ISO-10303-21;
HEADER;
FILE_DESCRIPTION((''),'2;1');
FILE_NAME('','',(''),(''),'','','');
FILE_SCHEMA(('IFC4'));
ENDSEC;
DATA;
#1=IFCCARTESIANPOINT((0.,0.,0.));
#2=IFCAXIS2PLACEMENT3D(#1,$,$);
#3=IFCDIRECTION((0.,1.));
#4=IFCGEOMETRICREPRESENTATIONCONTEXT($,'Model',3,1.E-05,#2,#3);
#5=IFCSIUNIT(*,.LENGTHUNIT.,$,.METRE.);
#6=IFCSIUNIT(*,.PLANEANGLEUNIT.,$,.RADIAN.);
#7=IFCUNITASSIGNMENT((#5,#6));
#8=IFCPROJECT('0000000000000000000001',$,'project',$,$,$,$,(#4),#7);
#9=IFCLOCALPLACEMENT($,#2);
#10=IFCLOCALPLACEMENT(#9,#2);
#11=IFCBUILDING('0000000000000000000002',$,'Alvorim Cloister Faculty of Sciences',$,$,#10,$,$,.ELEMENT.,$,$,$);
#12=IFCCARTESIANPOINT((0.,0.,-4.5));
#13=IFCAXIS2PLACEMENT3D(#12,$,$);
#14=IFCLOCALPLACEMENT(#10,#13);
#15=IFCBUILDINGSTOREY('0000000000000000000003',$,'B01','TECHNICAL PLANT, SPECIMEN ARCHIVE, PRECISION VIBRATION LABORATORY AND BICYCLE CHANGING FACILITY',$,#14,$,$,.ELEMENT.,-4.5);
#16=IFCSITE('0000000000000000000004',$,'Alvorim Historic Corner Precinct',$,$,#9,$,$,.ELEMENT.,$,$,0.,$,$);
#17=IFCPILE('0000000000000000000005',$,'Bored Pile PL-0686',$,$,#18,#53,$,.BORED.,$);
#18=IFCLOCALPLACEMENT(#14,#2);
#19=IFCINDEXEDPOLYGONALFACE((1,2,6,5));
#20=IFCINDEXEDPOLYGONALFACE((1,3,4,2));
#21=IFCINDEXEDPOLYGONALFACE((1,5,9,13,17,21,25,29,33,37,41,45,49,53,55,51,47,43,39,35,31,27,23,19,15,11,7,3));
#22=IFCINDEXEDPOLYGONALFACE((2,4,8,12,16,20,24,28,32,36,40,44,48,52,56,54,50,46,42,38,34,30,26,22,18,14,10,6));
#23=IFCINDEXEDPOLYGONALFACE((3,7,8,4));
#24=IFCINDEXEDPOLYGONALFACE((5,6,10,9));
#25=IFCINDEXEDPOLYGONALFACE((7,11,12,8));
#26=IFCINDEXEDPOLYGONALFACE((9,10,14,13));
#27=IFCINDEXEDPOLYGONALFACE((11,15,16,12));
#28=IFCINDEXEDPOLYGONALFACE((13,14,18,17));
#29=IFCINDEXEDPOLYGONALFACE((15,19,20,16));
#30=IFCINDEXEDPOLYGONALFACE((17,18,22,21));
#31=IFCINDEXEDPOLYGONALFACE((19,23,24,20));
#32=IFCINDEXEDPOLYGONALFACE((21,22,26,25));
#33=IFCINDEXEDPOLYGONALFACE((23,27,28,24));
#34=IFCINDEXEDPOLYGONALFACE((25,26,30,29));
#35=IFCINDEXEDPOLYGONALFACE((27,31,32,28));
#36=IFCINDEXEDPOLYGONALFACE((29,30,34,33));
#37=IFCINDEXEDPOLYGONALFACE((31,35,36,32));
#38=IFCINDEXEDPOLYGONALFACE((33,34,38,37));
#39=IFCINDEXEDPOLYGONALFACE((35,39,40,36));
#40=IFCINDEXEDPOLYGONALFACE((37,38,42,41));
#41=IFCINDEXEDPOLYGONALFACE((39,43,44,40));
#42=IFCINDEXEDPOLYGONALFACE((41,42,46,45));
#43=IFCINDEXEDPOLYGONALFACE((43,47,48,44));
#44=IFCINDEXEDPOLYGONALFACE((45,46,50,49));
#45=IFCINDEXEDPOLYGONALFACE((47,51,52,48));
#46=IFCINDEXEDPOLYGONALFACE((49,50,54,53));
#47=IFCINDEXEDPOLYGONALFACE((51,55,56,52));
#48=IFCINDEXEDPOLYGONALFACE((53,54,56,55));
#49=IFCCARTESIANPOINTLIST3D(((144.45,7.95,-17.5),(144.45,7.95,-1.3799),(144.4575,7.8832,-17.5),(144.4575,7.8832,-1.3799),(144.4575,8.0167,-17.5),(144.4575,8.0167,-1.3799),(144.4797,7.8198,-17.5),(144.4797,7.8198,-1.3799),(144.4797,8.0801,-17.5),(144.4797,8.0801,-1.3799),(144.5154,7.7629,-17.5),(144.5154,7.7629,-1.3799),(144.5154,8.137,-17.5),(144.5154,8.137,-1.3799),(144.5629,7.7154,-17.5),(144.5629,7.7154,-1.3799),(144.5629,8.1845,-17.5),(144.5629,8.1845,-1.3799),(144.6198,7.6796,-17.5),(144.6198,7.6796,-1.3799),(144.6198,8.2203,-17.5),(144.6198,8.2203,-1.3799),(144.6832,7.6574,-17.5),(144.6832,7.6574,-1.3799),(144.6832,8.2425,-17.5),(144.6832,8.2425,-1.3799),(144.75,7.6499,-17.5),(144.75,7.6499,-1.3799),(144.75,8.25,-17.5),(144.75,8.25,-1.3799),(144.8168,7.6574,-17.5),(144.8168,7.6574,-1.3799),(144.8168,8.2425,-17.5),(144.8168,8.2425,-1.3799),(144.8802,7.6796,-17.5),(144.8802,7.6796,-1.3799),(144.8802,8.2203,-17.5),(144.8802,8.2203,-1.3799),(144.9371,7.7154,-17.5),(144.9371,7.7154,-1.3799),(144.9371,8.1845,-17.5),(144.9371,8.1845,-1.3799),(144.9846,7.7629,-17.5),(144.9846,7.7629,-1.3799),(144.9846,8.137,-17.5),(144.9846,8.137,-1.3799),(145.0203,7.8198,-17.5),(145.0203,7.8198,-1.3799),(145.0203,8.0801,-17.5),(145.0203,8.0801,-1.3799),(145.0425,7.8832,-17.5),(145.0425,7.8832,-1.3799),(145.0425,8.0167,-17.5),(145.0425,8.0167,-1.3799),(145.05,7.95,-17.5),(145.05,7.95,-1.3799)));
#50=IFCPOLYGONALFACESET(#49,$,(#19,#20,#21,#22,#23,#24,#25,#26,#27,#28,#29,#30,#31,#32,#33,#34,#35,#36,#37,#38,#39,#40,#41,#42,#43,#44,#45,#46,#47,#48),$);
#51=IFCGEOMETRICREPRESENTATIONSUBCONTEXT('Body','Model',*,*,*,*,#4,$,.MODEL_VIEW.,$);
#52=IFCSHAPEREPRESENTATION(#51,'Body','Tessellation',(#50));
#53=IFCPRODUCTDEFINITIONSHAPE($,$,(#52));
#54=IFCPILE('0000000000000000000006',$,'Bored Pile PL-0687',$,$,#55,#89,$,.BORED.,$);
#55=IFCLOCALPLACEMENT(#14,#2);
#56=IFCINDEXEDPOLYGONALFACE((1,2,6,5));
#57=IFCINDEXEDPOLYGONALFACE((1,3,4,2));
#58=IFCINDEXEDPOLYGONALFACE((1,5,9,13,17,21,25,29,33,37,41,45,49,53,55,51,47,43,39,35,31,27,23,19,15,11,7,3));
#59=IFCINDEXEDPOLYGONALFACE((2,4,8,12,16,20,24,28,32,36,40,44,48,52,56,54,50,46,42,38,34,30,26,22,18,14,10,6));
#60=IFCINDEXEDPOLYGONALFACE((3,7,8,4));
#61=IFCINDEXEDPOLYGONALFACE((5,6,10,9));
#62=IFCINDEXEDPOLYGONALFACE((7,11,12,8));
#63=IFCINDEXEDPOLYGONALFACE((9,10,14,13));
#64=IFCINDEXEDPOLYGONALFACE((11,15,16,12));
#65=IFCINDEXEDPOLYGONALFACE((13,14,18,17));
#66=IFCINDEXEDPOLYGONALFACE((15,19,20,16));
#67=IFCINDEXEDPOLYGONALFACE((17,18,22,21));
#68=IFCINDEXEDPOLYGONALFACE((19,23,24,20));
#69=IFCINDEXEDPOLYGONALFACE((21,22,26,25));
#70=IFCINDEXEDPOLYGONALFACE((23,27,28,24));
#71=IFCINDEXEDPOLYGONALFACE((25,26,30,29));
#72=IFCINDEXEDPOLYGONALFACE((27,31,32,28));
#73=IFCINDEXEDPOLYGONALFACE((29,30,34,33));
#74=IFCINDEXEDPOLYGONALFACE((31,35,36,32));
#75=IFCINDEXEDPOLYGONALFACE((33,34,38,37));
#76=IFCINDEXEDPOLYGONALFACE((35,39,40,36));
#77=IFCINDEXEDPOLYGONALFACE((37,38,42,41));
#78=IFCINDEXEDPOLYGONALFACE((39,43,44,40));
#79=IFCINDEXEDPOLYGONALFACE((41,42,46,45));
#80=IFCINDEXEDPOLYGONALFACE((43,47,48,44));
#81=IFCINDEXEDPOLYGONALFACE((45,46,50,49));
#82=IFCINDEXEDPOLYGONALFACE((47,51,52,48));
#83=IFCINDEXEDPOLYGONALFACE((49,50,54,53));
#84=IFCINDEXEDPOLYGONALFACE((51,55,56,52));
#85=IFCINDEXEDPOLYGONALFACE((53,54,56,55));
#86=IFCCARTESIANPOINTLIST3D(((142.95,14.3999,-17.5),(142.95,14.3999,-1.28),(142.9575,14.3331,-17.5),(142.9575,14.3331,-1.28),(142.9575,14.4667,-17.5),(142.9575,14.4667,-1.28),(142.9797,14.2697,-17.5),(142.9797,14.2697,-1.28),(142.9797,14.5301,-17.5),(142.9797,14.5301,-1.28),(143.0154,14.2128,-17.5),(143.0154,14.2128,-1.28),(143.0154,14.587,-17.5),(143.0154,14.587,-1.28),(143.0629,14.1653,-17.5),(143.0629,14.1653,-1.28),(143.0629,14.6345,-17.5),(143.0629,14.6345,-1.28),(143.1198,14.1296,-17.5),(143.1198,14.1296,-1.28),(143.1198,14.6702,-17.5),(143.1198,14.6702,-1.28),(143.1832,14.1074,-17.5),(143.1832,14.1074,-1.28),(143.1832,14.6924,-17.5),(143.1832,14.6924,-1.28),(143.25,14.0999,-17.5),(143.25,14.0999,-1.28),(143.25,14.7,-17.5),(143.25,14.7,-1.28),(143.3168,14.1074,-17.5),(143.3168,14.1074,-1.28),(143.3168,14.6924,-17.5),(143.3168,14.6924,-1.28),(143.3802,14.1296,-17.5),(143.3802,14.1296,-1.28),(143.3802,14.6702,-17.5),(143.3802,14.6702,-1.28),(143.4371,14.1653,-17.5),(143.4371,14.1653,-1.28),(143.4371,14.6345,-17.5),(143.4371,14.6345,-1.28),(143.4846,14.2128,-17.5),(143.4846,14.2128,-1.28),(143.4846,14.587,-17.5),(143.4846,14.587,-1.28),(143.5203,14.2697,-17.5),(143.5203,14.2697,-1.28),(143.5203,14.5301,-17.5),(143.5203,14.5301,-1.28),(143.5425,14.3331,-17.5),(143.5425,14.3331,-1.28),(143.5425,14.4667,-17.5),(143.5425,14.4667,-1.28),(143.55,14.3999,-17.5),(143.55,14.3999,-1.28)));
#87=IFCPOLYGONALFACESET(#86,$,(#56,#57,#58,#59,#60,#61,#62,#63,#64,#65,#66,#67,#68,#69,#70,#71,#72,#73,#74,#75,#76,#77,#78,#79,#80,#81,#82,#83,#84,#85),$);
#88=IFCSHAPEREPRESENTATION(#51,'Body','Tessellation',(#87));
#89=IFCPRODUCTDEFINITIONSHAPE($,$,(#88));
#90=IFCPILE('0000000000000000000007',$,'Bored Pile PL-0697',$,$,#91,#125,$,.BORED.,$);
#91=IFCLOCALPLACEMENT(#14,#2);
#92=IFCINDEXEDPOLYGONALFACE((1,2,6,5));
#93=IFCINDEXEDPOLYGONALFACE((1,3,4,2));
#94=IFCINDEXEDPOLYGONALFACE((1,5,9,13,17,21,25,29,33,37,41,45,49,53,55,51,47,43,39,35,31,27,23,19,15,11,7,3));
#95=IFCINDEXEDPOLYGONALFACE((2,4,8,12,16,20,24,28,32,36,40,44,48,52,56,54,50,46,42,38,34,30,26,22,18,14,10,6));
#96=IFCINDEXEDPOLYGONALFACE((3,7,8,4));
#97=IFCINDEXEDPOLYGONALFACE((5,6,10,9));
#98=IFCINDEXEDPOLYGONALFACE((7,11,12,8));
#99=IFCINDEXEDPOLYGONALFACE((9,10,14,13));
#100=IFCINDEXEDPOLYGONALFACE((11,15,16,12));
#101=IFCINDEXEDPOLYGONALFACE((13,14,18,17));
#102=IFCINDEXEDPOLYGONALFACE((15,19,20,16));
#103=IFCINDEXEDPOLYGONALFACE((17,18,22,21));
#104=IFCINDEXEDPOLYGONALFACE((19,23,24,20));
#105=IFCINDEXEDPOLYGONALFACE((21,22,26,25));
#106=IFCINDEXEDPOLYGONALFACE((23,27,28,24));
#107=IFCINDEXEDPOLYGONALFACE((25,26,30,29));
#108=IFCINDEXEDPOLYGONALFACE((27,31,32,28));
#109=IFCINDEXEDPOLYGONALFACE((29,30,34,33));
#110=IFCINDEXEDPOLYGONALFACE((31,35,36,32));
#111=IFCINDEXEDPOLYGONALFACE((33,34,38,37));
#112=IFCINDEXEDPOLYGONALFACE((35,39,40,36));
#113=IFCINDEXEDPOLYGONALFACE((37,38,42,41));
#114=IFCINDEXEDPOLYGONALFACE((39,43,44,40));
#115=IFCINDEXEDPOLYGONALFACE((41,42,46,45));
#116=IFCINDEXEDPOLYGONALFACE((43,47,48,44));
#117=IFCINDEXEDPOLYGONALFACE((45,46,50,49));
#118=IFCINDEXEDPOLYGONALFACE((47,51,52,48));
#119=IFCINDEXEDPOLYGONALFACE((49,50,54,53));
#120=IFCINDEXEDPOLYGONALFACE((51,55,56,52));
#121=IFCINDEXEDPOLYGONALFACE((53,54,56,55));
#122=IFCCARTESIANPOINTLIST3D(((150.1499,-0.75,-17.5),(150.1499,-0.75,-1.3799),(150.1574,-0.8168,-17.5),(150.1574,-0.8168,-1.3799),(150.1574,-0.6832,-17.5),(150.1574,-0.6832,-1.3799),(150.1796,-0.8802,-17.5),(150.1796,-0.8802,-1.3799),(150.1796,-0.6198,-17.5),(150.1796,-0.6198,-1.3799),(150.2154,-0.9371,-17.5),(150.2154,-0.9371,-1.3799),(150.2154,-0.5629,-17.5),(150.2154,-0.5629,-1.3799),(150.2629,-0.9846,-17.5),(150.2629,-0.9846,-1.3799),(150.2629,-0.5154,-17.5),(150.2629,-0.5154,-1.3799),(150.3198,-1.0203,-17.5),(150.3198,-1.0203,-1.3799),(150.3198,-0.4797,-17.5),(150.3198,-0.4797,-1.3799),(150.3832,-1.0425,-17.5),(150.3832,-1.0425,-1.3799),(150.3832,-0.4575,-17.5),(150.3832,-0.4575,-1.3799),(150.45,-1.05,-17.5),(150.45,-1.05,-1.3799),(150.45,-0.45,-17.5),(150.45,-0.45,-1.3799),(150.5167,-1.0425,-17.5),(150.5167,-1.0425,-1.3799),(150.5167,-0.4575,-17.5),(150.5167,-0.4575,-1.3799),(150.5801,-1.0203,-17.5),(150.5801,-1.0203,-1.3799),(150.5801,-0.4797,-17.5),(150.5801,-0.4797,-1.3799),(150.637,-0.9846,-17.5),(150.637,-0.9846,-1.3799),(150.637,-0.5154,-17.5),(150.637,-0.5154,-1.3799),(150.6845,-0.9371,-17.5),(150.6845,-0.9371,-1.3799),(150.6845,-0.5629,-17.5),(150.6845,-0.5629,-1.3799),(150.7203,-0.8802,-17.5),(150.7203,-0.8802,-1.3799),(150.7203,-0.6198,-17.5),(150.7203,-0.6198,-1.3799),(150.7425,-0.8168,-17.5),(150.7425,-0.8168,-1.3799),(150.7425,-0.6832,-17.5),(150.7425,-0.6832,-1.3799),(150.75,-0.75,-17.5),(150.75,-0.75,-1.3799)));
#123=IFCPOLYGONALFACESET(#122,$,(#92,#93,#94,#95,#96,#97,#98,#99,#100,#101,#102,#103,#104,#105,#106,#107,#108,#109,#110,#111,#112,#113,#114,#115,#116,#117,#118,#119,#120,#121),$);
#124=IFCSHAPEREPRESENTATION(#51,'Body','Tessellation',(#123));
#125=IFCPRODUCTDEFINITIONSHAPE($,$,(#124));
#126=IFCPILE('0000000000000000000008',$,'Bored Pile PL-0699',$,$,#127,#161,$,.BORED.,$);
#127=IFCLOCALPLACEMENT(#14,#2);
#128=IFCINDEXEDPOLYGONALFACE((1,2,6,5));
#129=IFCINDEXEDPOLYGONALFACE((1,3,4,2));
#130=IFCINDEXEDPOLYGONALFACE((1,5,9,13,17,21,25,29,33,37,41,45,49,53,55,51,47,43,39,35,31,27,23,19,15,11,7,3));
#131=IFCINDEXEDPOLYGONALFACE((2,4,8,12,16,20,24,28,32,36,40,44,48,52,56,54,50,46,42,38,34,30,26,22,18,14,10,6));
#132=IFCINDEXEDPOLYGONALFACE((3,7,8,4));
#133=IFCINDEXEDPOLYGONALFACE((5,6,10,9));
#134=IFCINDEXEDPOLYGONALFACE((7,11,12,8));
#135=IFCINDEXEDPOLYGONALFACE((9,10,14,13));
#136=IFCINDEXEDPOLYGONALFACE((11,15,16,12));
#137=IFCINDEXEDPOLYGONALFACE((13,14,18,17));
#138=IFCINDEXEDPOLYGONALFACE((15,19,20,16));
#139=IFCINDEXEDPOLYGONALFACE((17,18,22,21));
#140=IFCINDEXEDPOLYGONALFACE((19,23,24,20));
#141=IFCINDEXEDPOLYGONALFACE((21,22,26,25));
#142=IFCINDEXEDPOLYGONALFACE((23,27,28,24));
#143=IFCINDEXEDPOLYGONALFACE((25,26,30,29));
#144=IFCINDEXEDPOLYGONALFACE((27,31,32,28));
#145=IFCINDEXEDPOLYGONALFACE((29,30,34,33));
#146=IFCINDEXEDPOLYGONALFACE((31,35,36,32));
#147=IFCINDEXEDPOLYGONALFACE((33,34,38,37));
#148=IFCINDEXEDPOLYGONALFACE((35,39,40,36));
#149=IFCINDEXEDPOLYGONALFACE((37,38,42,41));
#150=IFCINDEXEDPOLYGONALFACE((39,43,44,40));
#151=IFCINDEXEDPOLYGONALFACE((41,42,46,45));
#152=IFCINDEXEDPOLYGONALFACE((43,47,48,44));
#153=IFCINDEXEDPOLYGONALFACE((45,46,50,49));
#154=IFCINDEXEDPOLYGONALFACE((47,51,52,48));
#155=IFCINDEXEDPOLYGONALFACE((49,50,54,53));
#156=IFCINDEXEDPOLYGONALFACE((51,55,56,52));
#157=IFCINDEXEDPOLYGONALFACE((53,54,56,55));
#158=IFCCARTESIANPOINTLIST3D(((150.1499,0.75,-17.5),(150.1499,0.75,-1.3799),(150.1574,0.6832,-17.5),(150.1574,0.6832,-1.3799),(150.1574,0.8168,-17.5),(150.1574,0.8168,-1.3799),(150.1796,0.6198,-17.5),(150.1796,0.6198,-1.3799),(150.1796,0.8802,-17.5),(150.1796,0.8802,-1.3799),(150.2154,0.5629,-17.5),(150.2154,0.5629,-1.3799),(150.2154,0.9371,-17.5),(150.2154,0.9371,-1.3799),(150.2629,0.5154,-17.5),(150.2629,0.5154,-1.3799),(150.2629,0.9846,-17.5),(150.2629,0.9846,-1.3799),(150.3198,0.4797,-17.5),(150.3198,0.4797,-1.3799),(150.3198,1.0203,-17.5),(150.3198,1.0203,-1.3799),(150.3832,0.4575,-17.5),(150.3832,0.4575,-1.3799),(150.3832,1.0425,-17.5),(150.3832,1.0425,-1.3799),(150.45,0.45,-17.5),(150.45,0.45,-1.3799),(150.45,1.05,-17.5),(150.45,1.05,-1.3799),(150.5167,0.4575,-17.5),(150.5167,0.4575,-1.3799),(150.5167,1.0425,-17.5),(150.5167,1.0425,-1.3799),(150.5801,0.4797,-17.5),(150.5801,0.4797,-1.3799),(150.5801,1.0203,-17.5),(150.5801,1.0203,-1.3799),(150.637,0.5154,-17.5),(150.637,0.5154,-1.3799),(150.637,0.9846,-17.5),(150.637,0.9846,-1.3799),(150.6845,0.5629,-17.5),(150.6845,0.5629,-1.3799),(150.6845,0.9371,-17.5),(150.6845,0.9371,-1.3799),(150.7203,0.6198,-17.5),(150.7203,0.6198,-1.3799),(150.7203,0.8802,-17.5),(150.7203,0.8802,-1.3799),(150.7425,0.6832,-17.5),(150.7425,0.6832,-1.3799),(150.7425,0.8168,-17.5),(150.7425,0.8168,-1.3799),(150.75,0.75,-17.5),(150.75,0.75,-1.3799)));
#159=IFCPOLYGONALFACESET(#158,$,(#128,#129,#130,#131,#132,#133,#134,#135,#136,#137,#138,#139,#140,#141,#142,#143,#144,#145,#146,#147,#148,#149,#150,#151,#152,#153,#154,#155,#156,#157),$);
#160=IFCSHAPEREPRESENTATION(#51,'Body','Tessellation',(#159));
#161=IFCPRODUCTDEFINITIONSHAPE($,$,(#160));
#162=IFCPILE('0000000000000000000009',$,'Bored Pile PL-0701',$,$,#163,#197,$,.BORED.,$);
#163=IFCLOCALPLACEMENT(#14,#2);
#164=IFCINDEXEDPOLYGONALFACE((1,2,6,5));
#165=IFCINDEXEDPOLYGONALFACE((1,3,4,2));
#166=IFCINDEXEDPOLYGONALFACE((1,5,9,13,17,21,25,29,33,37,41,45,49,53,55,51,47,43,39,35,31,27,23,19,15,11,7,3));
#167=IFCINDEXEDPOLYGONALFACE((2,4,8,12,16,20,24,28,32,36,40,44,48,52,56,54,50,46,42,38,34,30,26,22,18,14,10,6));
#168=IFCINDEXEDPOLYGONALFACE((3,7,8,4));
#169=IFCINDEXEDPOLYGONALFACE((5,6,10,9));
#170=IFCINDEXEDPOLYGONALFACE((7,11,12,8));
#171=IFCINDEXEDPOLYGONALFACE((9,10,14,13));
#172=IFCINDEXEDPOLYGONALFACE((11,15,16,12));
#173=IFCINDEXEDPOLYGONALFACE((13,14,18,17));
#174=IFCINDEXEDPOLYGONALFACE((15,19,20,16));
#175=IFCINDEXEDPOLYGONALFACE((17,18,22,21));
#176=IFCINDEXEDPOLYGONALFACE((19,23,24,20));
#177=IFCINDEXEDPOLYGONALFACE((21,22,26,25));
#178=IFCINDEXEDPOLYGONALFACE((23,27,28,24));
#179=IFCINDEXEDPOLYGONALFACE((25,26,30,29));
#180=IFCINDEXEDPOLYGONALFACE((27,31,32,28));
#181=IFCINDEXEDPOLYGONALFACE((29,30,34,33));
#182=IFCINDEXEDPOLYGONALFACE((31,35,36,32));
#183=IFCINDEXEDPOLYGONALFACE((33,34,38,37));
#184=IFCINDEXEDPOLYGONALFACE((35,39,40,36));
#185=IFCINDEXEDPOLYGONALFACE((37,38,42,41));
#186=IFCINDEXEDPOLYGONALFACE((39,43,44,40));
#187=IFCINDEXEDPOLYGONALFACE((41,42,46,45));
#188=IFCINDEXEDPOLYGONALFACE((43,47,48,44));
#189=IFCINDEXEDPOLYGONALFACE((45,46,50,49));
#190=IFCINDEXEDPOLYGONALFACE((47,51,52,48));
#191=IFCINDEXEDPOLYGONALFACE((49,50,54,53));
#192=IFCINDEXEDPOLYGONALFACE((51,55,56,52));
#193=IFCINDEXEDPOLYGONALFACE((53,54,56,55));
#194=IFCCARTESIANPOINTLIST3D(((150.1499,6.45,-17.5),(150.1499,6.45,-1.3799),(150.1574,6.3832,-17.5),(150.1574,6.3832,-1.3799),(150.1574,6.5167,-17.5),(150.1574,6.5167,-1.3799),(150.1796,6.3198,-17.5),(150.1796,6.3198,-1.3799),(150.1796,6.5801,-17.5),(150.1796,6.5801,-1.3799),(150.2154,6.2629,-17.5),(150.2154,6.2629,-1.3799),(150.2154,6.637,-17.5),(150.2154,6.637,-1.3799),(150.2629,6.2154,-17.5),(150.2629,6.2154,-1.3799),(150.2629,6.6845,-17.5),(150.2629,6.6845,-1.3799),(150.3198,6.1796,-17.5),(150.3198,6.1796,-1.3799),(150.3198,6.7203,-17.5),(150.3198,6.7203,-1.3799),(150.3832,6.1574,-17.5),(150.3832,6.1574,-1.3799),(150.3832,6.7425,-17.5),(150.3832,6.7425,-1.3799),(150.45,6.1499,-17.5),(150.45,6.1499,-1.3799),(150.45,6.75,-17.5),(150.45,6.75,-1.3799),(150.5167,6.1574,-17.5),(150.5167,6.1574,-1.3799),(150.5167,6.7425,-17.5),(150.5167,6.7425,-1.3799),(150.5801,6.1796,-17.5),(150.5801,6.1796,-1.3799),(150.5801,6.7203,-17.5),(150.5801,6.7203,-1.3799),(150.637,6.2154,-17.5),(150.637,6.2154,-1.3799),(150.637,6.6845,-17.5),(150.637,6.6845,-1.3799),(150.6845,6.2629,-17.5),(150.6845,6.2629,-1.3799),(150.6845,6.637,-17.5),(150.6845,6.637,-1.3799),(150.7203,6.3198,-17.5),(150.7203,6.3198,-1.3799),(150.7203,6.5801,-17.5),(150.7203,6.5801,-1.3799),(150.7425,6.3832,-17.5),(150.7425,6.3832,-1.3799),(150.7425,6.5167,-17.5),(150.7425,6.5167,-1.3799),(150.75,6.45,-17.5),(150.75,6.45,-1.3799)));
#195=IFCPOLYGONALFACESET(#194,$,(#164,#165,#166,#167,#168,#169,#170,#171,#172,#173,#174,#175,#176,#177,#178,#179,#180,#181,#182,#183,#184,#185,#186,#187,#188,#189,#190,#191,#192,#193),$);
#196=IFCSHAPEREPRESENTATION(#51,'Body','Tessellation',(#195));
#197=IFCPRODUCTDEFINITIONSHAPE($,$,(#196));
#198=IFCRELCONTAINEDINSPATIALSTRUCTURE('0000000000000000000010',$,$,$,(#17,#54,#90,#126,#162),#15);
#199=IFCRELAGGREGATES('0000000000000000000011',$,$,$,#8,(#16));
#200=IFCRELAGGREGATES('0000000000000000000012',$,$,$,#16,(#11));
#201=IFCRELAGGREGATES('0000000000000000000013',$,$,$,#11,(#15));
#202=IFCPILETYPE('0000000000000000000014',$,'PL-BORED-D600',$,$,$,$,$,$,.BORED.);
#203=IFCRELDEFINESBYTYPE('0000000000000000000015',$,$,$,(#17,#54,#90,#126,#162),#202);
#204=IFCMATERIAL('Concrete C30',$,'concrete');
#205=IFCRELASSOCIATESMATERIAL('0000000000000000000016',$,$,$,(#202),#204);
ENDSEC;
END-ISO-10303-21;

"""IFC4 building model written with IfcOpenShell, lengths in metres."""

from ifc_helpers import new_model, si_unit, direction, frame, origin, origin_2d, place, context, subcontext, project, spatial, circle, extrude, material, material_profile, profile_set, type_object, element, save


model = new_model("IFC4")

# Units and contexts
model_context = context("Model", 3, precision=1e-05, world=origin(), true_north=direction((0.0, 1.0)))
body_context = subcontext(model_context, "Body", "Model", "MODEL_VIEW")
ifc_project = project(units=[si_unit("LENGTHUNIT", "METRE"), si_unit("PLANEANGLEUNIT", "RADIAN")], contexts=[model_context])

# Site, building, storey
site_placement = place(None, origin())
site = spatial("IfcSite", under=ifc_project, at=site_placement, Name="Alvorim Historic Corner Precinct", CompositionType="ELEMENT", RefElevation=0.0)
building_placement = place(site_placement, origin())
building = spatial("IfcBuilding", under=site, at=building_placement, Name="Alvorim Cloister Faculty of Sciences", CompositionType="ELEMENT")
storey_placement = place(building_placement, frame((0.0, 0.0, -4.5)))
storey = spatial("IfcBuildingStorey", under=building, at=storey_placement, Name="B01", Description="TECHNICAL PLANT, SPECIMEN ARCHIVE, PRECISION VIBRATION LABORATORY AND BICYCLE CHANGING FACILITY", CompositionType="ELEMENT", Elevation=-4.5)

# Piles
ifc_material_1 = material(Name="Concrete C30", Category="concrete")
ifc_material_profile_1 = material_profile(ifc_material_1, circle(Radius=0.3, at=origin_2d()), Name="PILE-D600")
ifc_profile_set_1 = profile_set([ifc_material_profile_1], Name="Concrete C30")
pile_type = type_object("IfcPileType", Name="PL-BORED-D600", PredefinedType="BORED", material=ifc_profile_set_1)
for number, where, z_axis, x_axis, name in (
    (1, (144.75, 7.95, -1.3799), (0.0, 0.0, -1.0), (1.0, 0.0, 0.0), "Bored Pile PL-0686"),
):
    element("IfcPile", number, at=place(storey_placement, frame(where, z_axis=z_axis, x_axis=x_axis)), inside=storey, type_object=pile_type, Name=name, PredefinedType="BORED", context=body_context, shape_type="SweptSolid", body=[
        extrude(circle(Radius=0.3, at=origin_2d()), origin(), (0.0, 0.0, 1.0), 16.1201),
    ])
pile_placement = place(storey_placement, frame((143.25, 14.3999, -1.28), z_axis=(0.0, 0.0, -1.0), x_axis=(1.0, 0.0, 0.0)))
element("IfcPile", 2, at=pile_placement, inside=storey, type_object=pile_type, Name="Bored Pile PL-0687", PredefinedType="BORED", context=body_context, shape_type="SweptSolid", body=[
    extrude(circle(Radius=0.3, at=origin_2d()), origin(), (0.0, 0.0, 1.0), 16.22),
])
for number, where, z_axis, x_axis, name in (
    (3, (150.45, -0.75, -1.3799), (0.0, 0.0, -1.0), (1.0, 0.0, 0.0), "Bored Pile PL-0697"),
    (4, (150.45, 0.75, -1.3799), (0.0, 0.0, -1.0), (1.0, 0.0, 0.0), "Bored Pile PL-0699"),
    (5, (150.45, 6.45, -1.3799), (0.0, 0.0, -1.0), (1.0, 0.0, 0.0), "Bored Pile PL-0701"),
):
    element("IfcPile", number, at=place(storey_placement, frame(where, z_axis=z_axis, x_axis=x_axis)), inside=storey, type_object=pile_type, Name=name, PredefinedType="BORED", context=body_context, shape_type="SweptSolid", body=[
        extrude(circle(Radius=0.3, at=origin_2d()), origin(), (0.0, 0.0, 1.0), 16.1201),
    ])

save(model, "model.ifc")
